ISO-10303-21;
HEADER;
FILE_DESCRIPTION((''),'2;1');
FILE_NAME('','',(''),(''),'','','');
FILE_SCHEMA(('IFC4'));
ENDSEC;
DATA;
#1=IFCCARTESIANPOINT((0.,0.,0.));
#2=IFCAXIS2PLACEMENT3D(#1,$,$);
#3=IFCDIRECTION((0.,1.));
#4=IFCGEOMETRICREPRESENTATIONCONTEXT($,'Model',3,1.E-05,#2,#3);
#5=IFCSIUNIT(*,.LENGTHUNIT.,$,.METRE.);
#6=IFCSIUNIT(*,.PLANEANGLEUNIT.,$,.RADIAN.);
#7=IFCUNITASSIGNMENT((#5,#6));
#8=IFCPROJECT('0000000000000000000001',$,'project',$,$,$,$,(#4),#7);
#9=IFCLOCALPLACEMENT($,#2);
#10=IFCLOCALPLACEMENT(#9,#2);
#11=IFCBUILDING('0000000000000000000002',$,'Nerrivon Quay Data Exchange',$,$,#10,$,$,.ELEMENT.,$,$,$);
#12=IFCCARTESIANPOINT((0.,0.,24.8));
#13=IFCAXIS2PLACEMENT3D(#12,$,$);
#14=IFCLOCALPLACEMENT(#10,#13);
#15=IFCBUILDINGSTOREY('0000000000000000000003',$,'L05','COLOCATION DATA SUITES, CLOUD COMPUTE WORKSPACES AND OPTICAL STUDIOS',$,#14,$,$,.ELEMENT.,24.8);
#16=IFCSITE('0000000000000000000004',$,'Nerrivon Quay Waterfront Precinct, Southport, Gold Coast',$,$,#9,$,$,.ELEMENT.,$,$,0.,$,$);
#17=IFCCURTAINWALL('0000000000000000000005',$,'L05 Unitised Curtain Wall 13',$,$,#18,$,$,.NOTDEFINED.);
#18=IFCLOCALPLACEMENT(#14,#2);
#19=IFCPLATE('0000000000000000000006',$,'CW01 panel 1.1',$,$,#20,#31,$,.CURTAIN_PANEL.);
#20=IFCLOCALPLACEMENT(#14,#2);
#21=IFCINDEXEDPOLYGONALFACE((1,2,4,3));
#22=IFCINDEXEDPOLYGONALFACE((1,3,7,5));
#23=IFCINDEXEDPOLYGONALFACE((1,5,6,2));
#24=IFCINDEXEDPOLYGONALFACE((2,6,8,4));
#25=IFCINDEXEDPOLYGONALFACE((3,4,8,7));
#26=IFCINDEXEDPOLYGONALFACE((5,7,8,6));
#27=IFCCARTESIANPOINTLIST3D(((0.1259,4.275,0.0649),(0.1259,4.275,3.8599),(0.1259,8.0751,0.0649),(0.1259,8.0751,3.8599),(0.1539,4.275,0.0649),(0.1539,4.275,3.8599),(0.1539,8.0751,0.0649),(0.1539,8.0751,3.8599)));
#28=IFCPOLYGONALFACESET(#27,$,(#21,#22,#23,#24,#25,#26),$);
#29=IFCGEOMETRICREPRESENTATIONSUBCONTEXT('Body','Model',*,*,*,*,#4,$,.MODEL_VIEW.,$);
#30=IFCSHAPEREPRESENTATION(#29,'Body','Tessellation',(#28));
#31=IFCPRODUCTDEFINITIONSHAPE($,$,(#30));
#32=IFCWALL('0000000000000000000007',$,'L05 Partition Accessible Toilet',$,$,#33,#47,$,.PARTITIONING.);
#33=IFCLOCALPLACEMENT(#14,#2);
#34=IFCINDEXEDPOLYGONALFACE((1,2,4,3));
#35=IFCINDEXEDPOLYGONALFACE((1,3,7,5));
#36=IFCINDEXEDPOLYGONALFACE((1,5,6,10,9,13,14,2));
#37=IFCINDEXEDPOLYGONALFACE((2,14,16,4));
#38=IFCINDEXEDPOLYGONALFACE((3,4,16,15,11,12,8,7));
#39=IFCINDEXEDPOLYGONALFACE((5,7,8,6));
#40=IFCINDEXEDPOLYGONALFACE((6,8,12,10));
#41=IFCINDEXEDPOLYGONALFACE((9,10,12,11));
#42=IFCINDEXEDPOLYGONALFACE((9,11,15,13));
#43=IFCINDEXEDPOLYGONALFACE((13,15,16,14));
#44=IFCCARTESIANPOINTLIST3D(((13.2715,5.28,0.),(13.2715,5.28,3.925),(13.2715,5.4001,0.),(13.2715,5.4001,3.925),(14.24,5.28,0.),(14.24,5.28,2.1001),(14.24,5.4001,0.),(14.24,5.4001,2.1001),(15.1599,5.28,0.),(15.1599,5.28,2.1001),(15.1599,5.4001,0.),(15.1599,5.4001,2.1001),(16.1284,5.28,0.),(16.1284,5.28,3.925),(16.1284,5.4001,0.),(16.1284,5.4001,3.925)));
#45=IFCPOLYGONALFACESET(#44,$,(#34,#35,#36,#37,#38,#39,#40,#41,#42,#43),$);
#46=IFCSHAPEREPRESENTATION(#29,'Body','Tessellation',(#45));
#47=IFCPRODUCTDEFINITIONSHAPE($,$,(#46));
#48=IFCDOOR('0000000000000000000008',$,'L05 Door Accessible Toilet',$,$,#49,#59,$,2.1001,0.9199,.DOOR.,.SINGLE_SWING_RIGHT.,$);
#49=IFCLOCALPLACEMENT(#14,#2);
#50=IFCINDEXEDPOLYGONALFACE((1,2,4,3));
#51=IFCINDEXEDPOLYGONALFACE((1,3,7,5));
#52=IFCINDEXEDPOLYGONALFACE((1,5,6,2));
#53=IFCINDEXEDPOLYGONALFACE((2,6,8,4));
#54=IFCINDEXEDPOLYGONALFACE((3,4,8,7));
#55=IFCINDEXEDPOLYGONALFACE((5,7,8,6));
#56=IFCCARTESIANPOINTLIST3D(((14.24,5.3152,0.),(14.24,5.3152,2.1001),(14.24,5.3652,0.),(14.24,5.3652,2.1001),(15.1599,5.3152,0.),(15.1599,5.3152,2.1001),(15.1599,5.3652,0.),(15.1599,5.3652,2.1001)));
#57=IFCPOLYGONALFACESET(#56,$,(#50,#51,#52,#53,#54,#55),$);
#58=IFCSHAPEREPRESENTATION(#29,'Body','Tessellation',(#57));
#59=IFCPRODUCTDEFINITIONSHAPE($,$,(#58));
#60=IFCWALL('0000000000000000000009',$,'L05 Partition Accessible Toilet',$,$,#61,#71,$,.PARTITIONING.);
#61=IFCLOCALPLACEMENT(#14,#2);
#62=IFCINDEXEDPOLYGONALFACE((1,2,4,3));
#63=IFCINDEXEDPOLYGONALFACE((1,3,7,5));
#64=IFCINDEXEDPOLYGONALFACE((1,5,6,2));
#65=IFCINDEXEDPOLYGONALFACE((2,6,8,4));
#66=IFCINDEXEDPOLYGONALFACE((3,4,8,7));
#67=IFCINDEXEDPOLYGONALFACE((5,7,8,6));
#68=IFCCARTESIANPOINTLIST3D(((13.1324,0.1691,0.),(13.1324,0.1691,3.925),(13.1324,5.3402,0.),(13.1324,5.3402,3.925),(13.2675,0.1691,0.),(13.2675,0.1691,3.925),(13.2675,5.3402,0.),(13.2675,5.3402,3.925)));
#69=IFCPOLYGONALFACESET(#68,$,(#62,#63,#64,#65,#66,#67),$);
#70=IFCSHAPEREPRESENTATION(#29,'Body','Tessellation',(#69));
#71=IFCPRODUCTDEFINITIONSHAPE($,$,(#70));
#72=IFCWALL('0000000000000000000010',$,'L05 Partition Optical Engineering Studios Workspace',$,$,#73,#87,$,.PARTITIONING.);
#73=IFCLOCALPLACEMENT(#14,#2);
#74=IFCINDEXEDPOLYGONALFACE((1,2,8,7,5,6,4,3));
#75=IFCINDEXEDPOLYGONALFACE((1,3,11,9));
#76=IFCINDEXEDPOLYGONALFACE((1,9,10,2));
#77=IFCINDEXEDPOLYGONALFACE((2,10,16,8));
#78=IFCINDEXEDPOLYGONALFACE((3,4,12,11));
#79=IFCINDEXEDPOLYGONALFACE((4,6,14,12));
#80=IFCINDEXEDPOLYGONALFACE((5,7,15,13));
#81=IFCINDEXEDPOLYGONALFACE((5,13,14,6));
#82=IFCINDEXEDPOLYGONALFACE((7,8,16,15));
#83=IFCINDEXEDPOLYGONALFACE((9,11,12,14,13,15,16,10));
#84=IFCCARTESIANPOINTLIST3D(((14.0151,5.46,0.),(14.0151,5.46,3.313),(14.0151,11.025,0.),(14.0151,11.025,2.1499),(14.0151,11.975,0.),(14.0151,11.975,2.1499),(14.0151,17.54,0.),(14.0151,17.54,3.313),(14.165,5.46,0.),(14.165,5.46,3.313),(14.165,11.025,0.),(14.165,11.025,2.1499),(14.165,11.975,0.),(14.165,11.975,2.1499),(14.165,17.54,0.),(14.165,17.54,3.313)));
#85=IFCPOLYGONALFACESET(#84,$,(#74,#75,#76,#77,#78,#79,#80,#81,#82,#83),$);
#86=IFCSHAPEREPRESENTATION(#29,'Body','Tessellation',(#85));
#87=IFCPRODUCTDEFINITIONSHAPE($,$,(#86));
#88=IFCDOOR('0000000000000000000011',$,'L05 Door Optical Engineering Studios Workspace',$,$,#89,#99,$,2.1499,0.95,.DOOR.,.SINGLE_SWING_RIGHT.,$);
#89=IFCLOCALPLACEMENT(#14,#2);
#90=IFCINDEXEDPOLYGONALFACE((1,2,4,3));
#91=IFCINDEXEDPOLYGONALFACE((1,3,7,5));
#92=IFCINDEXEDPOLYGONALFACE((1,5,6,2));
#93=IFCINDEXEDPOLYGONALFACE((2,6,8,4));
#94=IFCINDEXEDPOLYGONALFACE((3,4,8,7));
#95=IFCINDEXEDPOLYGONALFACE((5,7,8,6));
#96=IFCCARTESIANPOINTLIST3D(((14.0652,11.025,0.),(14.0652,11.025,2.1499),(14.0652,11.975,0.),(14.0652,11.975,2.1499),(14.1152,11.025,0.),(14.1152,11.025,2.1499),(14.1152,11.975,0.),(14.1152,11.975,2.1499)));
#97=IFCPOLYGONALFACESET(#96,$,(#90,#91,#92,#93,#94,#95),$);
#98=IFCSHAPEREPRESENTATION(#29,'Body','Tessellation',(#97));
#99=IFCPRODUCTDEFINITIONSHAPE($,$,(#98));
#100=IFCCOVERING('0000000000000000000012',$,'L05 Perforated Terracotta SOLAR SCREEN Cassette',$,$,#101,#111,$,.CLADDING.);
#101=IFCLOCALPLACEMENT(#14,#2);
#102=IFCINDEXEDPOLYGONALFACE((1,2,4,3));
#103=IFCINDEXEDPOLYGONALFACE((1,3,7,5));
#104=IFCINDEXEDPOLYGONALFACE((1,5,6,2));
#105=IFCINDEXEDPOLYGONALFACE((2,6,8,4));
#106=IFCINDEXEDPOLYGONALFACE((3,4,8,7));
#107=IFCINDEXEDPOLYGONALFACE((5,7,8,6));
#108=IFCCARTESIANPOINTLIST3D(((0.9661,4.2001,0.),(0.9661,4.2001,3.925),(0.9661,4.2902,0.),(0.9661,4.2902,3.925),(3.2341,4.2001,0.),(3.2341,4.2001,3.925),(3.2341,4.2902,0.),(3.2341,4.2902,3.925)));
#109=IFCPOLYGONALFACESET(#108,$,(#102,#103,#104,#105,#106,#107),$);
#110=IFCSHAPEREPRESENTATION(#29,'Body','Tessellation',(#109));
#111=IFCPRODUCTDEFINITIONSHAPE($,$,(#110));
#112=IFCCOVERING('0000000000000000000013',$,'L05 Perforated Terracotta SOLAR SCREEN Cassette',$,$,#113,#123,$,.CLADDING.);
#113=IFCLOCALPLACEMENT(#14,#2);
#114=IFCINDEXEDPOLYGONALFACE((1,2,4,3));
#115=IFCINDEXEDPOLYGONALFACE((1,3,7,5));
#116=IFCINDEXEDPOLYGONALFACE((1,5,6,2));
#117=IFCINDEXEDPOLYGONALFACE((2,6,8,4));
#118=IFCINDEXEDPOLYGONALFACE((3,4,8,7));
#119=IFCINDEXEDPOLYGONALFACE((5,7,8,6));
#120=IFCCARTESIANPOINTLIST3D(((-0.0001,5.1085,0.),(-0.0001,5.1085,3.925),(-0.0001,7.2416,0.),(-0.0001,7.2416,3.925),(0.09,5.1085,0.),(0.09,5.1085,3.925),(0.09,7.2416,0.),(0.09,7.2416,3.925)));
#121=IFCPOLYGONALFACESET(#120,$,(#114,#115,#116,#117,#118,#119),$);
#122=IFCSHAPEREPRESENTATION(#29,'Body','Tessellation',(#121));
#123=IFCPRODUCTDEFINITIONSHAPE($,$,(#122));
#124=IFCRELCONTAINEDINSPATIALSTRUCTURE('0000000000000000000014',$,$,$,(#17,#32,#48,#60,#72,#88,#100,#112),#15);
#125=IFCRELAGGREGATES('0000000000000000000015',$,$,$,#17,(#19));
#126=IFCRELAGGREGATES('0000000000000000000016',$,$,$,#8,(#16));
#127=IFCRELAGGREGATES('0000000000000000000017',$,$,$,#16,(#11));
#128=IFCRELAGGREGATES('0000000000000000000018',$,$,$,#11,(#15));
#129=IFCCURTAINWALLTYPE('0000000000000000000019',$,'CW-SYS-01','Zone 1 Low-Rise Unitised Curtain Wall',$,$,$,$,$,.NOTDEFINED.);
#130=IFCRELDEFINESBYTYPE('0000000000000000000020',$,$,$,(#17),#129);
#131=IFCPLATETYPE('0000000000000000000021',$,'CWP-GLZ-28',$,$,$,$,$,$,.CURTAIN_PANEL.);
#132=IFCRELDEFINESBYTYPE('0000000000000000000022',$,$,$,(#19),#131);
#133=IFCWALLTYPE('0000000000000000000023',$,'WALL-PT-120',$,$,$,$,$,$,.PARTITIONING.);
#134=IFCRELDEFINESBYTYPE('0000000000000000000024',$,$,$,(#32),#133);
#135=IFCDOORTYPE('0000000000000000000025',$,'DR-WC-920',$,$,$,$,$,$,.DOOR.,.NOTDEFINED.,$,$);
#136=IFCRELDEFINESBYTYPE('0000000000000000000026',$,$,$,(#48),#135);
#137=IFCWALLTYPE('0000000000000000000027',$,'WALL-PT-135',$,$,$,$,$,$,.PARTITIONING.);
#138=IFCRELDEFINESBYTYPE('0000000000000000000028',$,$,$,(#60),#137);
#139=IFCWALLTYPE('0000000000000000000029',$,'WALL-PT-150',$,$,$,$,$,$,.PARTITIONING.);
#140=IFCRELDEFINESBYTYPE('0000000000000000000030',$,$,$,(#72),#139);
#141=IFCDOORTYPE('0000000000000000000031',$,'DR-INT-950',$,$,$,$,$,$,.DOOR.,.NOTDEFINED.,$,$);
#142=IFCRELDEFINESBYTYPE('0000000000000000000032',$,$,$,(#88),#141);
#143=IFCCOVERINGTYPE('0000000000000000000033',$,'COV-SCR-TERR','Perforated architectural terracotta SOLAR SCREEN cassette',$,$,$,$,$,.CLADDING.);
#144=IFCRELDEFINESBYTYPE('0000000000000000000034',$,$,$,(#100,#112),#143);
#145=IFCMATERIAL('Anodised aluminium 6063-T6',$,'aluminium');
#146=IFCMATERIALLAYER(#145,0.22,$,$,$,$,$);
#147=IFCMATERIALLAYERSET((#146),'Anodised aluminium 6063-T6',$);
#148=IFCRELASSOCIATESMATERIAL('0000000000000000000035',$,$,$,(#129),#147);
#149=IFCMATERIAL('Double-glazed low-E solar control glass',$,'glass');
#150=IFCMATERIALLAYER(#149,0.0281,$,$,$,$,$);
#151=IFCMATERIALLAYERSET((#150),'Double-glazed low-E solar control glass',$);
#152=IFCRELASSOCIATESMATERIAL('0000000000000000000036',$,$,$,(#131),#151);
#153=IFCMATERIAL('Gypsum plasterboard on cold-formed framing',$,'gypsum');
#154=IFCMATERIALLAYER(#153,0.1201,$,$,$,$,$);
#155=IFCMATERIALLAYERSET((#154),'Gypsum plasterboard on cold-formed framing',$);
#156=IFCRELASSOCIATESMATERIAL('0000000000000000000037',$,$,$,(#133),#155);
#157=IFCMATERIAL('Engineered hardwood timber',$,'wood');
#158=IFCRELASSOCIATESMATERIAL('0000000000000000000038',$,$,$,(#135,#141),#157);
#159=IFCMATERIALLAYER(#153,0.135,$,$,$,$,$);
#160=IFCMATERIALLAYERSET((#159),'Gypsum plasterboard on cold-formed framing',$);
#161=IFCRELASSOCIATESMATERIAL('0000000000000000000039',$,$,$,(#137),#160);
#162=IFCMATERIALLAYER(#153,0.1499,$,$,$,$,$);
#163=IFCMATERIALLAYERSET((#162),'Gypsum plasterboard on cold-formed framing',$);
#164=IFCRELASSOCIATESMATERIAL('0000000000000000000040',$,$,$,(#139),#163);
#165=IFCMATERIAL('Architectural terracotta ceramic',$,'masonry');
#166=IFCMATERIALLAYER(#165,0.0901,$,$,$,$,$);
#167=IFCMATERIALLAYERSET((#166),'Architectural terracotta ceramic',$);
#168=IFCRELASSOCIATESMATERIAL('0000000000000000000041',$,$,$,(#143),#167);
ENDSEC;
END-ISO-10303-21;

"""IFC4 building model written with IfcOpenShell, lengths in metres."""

from ifc_helpers import new_model, si_unit, direction, frame, frame_2d, origin, origin_2d, place, context, subcontext, project, spatial, rectangle, extrude, material, layer, layer_set, type_object, element, fill, aggregate, save


model = new_model("IFC4")

# Units and contexts
model_context = context("Model", 3, precision=1e-05, world=origin(), true_north=direction((0.0, 1.0)))
body_context = subcontext(model_context, "Body", "Model", "MODEL_VIEW")
ifc_project = project(units=[si_unit("LENGTHUNIT", "METRE"), si_unit("PLANEANGLEUNIT", "RADIAN")], contexts=[model_context])

# Site, building, storey
site_placement = place(None, origin())
site = spatial("IfcSite", under=ifc_project, at=site_placement, Name="Nerrivon Quay Waterfront Precinct, Southport, Gold Coast", CompositionType="ELEMENT", RefElevation=0.0)
building_placement = place(site_placement, origin())
building = spatial("IfcBuilding", under=site, at=building_placement, Name="Nerrivon Quay Data Exchange", CompositionType="ELEMENT")
storey_placement = place(building_placement, frame((0.0, 0.0, 24.8)))
storey = spatial("IfcBuildingStorey", under=building, at=storey_placement, Name="L05", Description="COLOCATION DATA SUITES, CLOUD COMPUTE WORKSPACES AND OPTICAL STUDIOS", CompositionType="ELEMENT", Elevation=24.8)

# Shared definitions
ifc_material_1 = material(Name="Anodised aluminium 6063-T6", Category="aluminium")
ifc_layer_1 = layer(ifc_material_1, 0.22)
ifc_layer_set_1 = layer_set([ifc_layer_1], Name="Anodised aluminium 6063-T6")
curtain_wall_type = type_object("IfcCurtainWallType", Name="CW-SYS-01", Description="Zone 1 Low-Rise Unitised Curtain Wall", PredefinedType="NOTDEFINED", material=ifc_layer_set_1)

# Curtain wall
curtain_wall_1_placement = place(storey_placement, origin())
curtain_wall_1 = element("IfcCurtainWall", 1, at=curtain_wall_1_placement, inside=storey, type_object=curtain_wall_type, Name="L05 Unitised Curtain Wall 13", PredefinedType="NOTDEFINED")

# Plate
ifc_material_2 = material(Name="Double-glazed low-E solar control glass", Category="glass")
ifc_layer_2 = layer(ifc_material_2, 0.0281)
ifc_layer_set_2 = layer_set([ifc_layer_2], Name="Double-glazed low-E solar control glass")
plate_type = type_object("IfcPlateType", Name="CWP-GLZ-28", PredefinedType="CURTAIN_PANEL", material=ifc_layer_set_2)
plate_1_placement = place(storey_placement, frame((0.1399, 6.175, 0.0649), z_axis=(0.0, 0.0, 1.0), x_axis=(0.0, 1.0, 0.0)))
plate_1 = element("IfcPlate", 2, at=plate_1_placement, type_object=plate_type, Name="CW01 panel 1.1", PredefinedType="CURTAIN_PANEL", context=body_context, shape_type="SweptSolid", body=[
    extrude(rectangle(XDim=3.8, YDim=0.0281, at=origin_2d()), origin(), (0.0, 0.0, 1.0), 3.7949),
])
aggregate(curtain_wall_1, [plate_1])

# Wall, opening, door
ifc_material_3 = material(Name="Gypsum plasterboard on cold-formed framing", Category="gypsum")
ifc_layer_3 = layer(ifc_material_3, 0.1201)
ifc_layer_set_3 = layer_set([ifc_layer_3], Name="Gypsum plasterboard on cold-formed framing")
wall_type_1 = type_object("IfcWallType", Name="WALL-PT-120", PredefinedType="PARTITIONING", material=ifc_layer_set_3)
wall_1_placement = place(storey_placement, frame((16.1284, 5.3401, 0.0), z_axis=(0.0, 0.0, 1.0), x_axis=(-1.0, 0.0, 0.0)))
wall_1 = element("IfcWall", 3, at=wall_1_placement, inside=storey, type_object=wall_type_1, Name="L05 Partition Accessible Toilet", PredefinedType="PARTITIONING", context=body_context, shape_type="SweptSolid", body=[
    extrude(rectangle(XDim=2.8569, YDim=0.1201, at=frame_2d((1.4285, 0.0))), origin(), (0.0, 0.0, 1.0), 3.925),
])
opening_1_placement = place(wall_1_placement, frame((0.9685, 0.0, 0.0)))
opening_1 = element("IfcOpeningElement", 4, at=opening_1_placement, cuts=wall_1, PredefinedType="OPENING", context=body_context, shape_type="SweptSolid", body=[
    extrude(rectangle(XDim=0.9199, YDim=2.1001, at=frame_2d((0.46, 1.05))), frame((0.0, 0.0701, 0.0), z_axis=(0.0, -1.0, 0.0), x_axis=(1.0, 0.0, 0.0)), (0.0, 0.0, 1.0), 0.1401),
])
ifc_material_4 = material(Name="Engineered hardwood timber", Category="wood")
door_type_1 = type_object("IfcDoorType", Name="DR-WC-920", OperationType="NOTDEFINED", PredefinedType="DOOR", material=ifc_material_4)
door_1_placement = place(opening_1_placement, origin())
door_1 = element("IfcDoor", 5, at=door_1_placement, inside=storey, type_object=door_type_1, Name="L05 Door Accessible Toilet", OperationType="SINGLE_SWING_RIGHT", OverallHeight=2.1001, OverallWidth=0.9199, PredefinedType="DOOR", context=body_context, shape_type="SweptSolid", body=[
    extrude(rectangle(XDim=0.9199, YDim=2.1001, at=frame_2d((0.46, 1.05))), frame((0.0, 0.0249, 0.0), z_axis=(0.0, -1.0, 0.0), x_axis=(1.0, 0.0, 0.0)), (0.0, 0.0, 1.0), 0.05),
])
fill(opening_1, door_1)

# Wall
ifc_layer_4 = layer(ifc_material_3, 0.135)
ifc_layer_set_4 = layer_set([ifc_layer_4], Name="Gypsum plasterboard on cold-formed framing")
wall_type_2 = type_object("IfcWallType", Name="WALL-PT-135", PredefinedType="PARTITIONING", material=ifc_layer_set_4)
wall_2_placement = place(storey_placement, frame((13.2, 5.3401, 0.0), z_axis=(0.0, 0.0, 1.0), x_axis=(0.0, -1.0, 0.0)))
element("IfcWall", 6, at=wall_2_placement, inside=storey, type_object=wall_type_2, Name="L05 Partition Accessible Toilet", PredefinedType="PARTITIONING", context=body_context, shape_type="SweptSolid", body=[
    extrude(rectangle(XDim=5.1711, YDim=0.135, at=frame_2d((2.5854, 0.0))), origin(), (0.0, 0.0, 1.0), 3.925),
])

# Wall, opening, door
ifc_layer_5 = layer(ifc_material_3, 0.1499)
ifc_layer_set_5 = layer_set([ifc_layer_5], Name="Gypsum plasterboard on cold-formed framing")
wall_type_3 = type_object("IfcWallType", Name="WALL-PT-150", PredefinedType="PARTITIONING", material=ifc_layer_set_5)
wall_3_placement = place(storey_placement, frame((14.0901, 5.46, 0.0), z_axis=(0.0, 0.0, 1.0), x_axis=(0.0, 1.0, 0.0)))
wall_3 = element("IfcWall", 7, at=wall_3_placement, inside=storey, type_object=wall_type_3, Name="L05 Partition Optical Engineering Studios Workspace", PredefinedType="PARTITIONING", context=body_context, shape_type="SweptSolid", body=[
    extrude(rectangle(XDim=12.0801, YDim=0.1499, at=frame_2d((6.04, 0.0))), origin(), (0.0, 0.0, 1.0), 3.313),
])
opening_2_placement = place(wall_3_placement, frame((5.5649, 0.0, 0.0)))
opening_2 = element("IfcOpeningElement", 8, at=opening_2_placement, cuts=wall_3, PredefinedType="OPENING", context=body_context, shape_type="SweptSolid", body=[
    extrude(rectangle(XDim=0.95, YDim=2.1499, at=frame_2d((0.4751, 1.075))), frame((0.0, 0.085, 0.0), z_axis=(0.0, -1.0, 0.0), x_axis=(1.0, 0.0, 0.0)), (0.0, 0.0, 1.0), 0.1699),
])
door_type_2 = type_object("IfcDoorType", Name="DR-INT-950", OperationType="NOTDEFINED", PredefinedType="DOOR", material=ifc_material_4)
door_2_placement = place(opening_2_placement, origin())
door_2 = element("IfcDoor", 9, at=door_2_placement, inside=storey, type_object=door_type_2, Name="L05 Door Optical Engineering Studios Workspace", OperationType="SINGLE_SWING_RIGHT", OverallHeight=2.1499, OverallWidth=0.95, PredefinedType="DOOR", context=body_context, shape_type="SweptSolid", body=[
    extrude(rectangle(XDim=0.95, YDim=2.1499, at=frame_2d((0.4751, 1.075))), frame((0.0, 0.0249, 0.0), z_axis=(0.0, -1.0, 0.0), x_axis=(1.0, 0.0, 0.0)), (0.0, 0.0, 1.0), 0.05),
])
fill(opening_2, door_2)

# Coverings
ifc_material_5 = material(Name="Architectural terracotta ceramic", Category="masonry")
ifc_layer_6 = layer(ifc_material_5, 0.0901)
ifc_layer_set_6 = layer_set([ifc_layer_6], Name="Architectural terracotta ceramic")
covering_type = type_object("IfcCoveringType", Name="COV-SCR-TERR", Description="Perforated architectural terracotta SOLAR SCREEN cassette", PredefinedType="CLADDING", material=ifc_layer_set_6)
covering_1_placement = place(storey_placement, frame((2.1001, 4.2451, 0.0), z_axis=(0.0, 0.0, 1.0), x_axis=(-1.0, 0.0, 0.0)))
element("IfcCovering", 10, at=covering_1_placement, inside=storey, type_object=covering_type, Name="L05 Perforated Terracotta SOLAR SCREEN Cassette", PredefinedType="CLADDING", context=body_context, shape_type="SweptSolid", body=[
    extrude(rectangle(XDim=2.2681, YDim=0.0901, at=origin_2d()), origin(), (0.0, 0.0, 1.0), 3.925),
])
covering_2_placement = place(storey_placement, frame((0.0449, 6.175, 0.0), z_axis=(0.0, 0.0, 1.0), x_axis=(0.0, 1.0, 0.0)))
element("IfcCovering", 11, at=covering_2_placement, inside=storey, type_object=covering_type, Name="L05 Perforated Terracotta SOLAR SCREEN Cassette", PredefinedType="CLADDING", context=body_context, shape_type="SweptSolid", body=[
    extrude(rectangle(XDim=2.1331, YDim=0.0901, at=origin_2d()), origin(), (0.0, 0.0, 1.0), 3.925),
])

save(model, "model.ifc")
